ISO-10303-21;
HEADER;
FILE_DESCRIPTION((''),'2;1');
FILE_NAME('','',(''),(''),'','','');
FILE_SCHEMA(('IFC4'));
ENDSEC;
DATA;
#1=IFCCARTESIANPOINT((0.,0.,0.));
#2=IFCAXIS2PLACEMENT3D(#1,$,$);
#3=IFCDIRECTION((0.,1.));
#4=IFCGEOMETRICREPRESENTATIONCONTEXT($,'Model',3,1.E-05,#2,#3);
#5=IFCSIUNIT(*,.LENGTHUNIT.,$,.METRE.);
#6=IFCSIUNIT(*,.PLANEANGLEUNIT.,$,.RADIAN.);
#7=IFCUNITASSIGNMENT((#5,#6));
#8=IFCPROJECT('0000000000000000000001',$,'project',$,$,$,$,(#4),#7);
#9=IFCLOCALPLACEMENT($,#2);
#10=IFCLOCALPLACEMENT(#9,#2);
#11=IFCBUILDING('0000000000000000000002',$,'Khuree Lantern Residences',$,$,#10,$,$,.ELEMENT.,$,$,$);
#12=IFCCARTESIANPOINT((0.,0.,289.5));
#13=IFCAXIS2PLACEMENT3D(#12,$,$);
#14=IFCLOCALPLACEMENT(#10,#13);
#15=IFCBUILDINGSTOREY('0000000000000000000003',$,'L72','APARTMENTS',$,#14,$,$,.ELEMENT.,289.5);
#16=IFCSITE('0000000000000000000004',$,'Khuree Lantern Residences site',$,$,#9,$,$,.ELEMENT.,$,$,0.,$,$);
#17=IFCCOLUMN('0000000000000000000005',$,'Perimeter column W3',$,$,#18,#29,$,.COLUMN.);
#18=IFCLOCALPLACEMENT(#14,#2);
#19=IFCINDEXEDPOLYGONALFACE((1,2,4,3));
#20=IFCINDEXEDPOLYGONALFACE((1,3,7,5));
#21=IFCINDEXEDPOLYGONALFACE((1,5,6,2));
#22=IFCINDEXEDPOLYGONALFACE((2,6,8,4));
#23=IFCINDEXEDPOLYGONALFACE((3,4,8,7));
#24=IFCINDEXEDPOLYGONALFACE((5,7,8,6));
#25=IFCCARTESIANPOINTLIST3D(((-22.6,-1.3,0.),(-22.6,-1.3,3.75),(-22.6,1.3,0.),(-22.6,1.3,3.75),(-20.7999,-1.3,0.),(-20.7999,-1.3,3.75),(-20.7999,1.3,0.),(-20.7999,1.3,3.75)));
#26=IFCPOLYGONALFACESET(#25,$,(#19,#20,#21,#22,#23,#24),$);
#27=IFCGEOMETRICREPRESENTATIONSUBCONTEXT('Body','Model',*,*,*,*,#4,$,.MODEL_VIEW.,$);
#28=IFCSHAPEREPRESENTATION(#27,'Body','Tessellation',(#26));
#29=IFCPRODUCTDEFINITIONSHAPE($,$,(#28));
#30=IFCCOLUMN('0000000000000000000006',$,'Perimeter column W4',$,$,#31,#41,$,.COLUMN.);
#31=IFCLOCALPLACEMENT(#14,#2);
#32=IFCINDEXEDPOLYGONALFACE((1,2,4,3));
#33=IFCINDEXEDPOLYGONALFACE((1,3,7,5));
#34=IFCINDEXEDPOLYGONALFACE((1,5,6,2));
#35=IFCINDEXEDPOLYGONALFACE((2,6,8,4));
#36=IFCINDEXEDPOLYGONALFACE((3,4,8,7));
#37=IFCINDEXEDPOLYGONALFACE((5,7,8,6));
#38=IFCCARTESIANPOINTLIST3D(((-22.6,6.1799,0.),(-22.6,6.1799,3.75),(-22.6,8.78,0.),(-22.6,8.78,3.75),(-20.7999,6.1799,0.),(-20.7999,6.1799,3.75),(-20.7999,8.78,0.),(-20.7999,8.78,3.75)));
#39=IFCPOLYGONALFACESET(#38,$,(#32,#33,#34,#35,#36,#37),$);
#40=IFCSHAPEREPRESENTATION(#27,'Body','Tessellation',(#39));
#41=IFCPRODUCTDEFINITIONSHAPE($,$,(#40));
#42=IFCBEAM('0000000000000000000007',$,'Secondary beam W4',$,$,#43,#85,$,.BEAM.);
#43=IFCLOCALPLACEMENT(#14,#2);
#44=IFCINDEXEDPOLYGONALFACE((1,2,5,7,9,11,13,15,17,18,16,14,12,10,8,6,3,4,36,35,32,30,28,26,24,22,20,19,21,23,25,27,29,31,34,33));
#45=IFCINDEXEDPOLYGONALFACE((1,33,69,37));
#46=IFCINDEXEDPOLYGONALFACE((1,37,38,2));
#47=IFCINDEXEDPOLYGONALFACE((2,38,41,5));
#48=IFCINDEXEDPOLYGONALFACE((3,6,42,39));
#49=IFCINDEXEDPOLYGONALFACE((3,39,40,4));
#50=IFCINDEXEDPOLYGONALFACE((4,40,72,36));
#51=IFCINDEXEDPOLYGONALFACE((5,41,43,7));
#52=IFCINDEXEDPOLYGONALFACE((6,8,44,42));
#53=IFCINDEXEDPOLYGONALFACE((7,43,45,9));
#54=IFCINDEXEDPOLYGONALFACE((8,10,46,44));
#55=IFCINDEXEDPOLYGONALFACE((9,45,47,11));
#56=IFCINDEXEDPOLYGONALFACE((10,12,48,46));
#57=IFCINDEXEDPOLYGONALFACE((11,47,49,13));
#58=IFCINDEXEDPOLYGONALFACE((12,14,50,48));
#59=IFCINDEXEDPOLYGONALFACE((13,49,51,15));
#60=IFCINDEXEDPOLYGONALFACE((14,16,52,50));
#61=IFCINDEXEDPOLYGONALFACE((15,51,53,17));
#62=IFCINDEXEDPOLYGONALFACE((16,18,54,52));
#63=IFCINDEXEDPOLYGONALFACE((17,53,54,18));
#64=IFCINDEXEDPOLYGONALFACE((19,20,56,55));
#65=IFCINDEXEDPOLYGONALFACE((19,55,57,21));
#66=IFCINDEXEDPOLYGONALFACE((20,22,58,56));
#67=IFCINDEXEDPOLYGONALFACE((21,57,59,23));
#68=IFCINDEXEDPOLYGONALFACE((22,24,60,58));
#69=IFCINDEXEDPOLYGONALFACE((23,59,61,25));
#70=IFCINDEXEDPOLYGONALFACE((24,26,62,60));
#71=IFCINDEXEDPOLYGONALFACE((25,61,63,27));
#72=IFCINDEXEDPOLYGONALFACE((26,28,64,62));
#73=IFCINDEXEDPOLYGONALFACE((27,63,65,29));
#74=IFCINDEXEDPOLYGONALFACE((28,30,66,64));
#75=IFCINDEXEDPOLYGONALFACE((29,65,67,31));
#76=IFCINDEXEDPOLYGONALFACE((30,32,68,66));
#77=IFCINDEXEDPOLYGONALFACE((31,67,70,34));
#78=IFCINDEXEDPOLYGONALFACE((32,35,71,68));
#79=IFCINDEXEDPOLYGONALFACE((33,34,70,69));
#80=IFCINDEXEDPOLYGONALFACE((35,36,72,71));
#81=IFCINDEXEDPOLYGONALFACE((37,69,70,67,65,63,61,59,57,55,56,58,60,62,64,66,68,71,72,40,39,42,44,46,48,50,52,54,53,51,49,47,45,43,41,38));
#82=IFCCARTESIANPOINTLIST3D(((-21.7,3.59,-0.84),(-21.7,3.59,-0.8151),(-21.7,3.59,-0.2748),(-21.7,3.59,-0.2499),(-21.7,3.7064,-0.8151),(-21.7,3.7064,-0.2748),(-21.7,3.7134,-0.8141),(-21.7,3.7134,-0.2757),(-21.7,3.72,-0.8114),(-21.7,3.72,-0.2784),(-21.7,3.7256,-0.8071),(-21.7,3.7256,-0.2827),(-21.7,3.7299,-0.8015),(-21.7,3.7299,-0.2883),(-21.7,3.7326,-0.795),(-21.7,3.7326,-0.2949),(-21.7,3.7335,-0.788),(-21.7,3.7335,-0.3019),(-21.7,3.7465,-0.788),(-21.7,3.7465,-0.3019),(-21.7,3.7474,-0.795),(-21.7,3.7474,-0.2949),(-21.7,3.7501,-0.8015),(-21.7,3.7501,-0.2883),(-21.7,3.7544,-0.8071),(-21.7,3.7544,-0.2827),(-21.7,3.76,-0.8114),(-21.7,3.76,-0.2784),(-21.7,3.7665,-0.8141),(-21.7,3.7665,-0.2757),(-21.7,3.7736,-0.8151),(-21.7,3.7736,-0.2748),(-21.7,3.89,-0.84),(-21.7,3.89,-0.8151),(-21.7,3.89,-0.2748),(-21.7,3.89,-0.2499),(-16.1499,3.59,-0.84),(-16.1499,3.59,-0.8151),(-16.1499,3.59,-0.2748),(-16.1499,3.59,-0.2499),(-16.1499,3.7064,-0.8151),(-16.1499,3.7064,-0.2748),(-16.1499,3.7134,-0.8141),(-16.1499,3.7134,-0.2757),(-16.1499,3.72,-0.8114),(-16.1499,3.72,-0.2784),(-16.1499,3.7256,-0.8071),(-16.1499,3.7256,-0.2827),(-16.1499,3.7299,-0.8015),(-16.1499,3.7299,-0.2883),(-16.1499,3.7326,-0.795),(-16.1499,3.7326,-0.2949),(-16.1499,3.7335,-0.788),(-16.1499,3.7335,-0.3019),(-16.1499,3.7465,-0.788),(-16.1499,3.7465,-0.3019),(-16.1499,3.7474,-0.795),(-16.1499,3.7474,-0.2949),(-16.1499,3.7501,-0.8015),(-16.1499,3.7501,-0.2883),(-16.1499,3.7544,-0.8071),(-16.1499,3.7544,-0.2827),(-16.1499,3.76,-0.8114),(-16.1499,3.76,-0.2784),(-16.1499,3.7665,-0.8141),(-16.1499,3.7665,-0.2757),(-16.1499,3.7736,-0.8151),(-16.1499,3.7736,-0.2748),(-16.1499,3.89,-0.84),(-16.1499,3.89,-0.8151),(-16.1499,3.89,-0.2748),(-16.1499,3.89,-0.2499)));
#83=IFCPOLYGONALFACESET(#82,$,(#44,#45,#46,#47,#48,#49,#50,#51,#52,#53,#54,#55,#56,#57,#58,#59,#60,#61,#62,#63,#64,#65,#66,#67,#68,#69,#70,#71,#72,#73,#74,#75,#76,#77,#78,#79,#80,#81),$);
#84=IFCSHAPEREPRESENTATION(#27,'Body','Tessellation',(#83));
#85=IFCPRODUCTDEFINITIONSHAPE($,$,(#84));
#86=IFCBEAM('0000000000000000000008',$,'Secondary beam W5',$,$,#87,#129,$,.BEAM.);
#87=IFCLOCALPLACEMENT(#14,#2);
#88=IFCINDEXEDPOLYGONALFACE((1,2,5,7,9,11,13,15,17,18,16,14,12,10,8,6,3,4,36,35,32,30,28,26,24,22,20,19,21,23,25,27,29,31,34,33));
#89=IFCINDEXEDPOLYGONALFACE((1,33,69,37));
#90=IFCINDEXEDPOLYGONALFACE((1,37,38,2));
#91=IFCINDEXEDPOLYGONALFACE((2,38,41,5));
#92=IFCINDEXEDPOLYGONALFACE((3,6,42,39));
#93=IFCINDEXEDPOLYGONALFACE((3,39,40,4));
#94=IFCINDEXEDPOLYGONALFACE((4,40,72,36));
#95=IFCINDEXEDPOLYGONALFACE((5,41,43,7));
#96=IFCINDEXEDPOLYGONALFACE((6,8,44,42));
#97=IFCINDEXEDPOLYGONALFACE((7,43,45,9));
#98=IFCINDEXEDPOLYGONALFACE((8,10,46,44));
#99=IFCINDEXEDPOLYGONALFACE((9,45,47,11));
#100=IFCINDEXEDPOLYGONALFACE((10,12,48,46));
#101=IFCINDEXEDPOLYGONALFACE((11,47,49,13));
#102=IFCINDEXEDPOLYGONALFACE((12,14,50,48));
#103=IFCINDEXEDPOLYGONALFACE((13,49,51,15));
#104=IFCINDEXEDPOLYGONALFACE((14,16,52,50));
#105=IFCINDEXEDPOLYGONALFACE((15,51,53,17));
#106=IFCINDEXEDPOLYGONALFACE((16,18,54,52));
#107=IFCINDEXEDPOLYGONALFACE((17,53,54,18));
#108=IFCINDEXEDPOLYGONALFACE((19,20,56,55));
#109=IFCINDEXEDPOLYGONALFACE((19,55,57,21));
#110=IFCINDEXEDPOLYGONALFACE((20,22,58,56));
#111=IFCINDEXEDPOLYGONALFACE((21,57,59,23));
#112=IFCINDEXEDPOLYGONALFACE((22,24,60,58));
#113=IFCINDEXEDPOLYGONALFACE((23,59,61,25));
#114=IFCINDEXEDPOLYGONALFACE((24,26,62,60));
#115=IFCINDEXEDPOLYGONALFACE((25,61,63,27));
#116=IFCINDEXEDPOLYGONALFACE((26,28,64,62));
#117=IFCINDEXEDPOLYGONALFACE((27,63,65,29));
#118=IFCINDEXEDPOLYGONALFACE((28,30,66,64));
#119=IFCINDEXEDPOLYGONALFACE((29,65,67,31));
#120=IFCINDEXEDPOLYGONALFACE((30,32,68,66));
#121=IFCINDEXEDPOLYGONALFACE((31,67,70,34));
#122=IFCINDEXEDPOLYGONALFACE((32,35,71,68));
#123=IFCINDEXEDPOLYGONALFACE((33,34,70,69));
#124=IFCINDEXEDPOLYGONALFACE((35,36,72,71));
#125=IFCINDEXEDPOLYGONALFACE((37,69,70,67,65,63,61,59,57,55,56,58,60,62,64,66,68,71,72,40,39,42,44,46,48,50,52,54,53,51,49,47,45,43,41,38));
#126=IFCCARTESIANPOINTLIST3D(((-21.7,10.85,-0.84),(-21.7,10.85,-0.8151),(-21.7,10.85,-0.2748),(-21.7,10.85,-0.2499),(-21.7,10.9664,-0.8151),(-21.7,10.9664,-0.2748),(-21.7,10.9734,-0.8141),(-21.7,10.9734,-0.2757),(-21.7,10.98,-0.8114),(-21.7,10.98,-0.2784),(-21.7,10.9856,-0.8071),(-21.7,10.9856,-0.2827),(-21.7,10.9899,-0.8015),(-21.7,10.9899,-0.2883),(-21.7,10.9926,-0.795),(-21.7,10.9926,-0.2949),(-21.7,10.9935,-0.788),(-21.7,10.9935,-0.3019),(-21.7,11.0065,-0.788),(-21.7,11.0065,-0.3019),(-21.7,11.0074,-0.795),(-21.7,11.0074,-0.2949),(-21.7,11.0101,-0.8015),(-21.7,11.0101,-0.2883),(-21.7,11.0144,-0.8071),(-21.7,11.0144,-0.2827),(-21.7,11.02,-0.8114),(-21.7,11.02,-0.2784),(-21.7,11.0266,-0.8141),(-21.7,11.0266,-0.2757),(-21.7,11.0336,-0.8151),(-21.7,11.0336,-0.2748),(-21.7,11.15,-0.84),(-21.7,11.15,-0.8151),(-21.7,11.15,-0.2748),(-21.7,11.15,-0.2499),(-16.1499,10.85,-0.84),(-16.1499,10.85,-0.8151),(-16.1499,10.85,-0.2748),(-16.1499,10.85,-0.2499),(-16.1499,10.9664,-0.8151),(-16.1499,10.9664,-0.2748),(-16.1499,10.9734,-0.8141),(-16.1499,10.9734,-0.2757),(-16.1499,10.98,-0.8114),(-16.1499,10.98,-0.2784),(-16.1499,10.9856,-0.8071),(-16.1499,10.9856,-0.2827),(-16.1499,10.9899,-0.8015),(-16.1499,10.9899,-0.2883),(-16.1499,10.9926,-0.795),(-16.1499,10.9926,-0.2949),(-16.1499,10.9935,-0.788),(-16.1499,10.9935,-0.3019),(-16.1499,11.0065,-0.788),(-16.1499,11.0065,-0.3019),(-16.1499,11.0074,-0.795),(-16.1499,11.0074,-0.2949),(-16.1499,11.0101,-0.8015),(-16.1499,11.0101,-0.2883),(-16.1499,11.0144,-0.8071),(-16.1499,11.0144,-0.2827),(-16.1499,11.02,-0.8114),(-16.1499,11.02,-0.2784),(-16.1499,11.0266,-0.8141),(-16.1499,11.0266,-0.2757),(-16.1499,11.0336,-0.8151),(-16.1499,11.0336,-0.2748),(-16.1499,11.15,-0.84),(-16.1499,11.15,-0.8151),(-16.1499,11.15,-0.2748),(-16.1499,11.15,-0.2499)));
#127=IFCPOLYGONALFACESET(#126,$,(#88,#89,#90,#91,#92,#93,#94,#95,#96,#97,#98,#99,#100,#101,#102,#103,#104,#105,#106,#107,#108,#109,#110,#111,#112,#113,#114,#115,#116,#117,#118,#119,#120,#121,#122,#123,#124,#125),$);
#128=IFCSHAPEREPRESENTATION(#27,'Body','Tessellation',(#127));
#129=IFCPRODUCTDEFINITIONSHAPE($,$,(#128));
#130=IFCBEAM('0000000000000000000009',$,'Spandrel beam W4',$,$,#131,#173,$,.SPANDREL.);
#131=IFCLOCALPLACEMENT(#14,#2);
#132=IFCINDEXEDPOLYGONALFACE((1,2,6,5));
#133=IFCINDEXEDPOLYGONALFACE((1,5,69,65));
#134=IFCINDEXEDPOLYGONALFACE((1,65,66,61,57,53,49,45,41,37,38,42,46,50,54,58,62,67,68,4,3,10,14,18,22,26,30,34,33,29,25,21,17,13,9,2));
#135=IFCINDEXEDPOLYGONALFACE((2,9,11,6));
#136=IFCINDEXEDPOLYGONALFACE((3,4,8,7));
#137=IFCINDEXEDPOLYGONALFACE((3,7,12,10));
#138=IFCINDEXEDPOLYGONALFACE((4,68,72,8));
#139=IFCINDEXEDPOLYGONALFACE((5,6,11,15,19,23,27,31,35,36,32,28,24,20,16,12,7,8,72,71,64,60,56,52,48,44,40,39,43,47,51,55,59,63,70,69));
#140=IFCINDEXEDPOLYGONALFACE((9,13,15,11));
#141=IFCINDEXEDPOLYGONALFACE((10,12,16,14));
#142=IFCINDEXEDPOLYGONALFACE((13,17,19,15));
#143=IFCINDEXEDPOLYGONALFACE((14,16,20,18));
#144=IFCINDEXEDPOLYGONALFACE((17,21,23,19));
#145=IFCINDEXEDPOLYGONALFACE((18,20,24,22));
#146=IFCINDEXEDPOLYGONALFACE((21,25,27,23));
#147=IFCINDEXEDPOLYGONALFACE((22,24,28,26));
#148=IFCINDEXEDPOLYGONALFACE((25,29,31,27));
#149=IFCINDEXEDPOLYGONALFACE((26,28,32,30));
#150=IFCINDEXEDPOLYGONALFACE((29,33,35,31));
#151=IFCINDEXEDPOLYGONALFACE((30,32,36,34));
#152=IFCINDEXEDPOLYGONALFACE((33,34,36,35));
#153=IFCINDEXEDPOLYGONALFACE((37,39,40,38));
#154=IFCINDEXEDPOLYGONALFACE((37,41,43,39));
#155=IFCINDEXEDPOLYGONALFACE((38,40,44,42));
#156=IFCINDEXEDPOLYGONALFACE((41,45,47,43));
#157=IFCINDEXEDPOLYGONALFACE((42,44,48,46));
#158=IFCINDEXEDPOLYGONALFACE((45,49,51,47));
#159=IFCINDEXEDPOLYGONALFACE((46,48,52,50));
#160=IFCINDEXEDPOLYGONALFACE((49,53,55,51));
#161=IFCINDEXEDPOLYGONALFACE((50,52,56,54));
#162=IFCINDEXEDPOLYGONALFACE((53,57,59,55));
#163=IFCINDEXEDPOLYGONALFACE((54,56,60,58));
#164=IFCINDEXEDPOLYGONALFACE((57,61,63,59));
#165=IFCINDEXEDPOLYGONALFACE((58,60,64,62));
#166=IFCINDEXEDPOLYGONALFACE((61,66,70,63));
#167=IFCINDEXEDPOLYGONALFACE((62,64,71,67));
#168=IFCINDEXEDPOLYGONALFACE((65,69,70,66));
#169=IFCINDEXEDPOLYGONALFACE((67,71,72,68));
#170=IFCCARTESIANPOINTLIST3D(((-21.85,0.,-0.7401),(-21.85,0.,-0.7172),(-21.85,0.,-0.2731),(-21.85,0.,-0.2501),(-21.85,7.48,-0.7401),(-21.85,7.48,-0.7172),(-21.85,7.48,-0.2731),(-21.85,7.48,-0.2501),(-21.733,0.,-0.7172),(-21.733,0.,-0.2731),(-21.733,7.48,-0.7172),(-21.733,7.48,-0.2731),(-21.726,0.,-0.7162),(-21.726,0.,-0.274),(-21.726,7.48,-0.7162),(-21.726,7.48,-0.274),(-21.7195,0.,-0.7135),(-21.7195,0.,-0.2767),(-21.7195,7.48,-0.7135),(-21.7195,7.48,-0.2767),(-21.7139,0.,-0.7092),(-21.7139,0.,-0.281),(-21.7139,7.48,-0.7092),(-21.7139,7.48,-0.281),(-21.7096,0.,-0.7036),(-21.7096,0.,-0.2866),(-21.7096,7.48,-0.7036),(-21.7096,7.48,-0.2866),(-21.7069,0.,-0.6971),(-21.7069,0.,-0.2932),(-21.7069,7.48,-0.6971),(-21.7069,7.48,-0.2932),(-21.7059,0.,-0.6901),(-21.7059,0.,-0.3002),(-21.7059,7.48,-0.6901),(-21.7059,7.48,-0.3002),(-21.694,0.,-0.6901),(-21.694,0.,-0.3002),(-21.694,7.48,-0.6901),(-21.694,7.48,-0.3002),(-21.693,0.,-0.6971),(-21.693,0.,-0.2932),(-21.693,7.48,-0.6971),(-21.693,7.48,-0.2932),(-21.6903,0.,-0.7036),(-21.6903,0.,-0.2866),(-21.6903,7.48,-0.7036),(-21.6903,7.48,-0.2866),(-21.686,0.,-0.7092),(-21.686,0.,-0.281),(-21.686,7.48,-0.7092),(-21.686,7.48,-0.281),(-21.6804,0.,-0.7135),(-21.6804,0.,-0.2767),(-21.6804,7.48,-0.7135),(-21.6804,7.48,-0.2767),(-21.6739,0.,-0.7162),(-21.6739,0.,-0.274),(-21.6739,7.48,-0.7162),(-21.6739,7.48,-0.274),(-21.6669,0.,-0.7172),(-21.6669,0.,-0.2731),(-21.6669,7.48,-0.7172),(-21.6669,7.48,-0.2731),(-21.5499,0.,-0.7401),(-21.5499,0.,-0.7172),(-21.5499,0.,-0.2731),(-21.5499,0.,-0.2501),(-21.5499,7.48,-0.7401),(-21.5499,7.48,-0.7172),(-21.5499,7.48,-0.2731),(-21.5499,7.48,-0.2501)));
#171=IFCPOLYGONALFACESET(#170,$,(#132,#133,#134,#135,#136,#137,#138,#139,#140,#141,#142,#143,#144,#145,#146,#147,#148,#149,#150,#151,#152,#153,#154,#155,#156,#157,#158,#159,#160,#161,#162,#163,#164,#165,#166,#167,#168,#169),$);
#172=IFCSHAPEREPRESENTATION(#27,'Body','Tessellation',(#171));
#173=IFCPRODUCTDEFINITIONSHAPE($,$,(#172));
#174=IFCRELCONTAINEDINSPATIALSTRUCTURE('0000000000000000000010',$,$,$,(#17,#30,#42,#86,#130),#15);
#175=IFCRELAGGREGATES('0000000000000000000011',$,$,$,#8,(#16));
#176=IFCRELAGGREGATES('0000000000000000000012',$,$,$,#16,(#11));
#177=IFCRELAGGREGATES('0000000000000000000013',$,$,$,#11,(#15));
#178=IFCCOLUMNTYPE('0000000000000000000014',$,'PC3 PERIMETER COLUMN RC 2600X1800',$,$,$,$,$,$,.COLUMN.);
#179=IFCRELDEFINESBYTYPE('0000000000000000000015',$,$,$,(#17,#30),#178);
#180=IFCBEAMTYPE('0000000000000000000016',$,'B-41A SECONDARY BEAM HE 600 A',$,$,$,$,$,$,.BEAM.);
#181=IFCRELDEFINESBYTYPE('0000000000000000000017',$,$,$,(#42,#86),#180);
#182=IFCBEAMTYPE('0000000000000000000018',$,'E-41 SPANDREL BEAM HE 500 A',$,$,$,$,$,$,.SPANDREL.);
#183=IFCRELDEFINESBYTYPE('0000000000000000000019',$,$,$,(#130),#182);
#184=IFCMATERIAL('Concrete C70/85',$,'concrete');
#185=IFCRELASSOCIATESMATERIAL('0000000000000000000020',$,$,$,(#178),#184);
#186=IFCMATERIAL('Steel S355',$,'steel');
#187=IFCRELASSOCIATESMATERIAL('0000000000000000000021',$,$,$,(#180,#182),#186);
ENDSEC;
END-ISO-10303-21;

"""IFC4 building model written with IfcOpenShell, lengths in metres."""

from ifc_helpers import new_model, si_unit, direction, frame, origin, origin_2d, place, context, subcontext, project, spatial, rectangle, i_section, extrude, material, material_profile, profile_set, type_object, element, save


model = new_model("IFC4")

# Units and contexts
model_context = context("Model", 3, precision=1e-05, world=origin(), true_north=direction((0.0, 1.0)))
body_context = subcontext(model_context, "Body", "Model", "MODEL_VIEW")
ifc_project = project(units=[si_unit("LENGTHUNIT", "METRE"), si_unit("PLANEANGLEUNIT", "RADIAN")], contexts=[model_context])

# Site, building, storey
site_placement = place(None, origin())
site = spatial("IfcSite", under=ifc_project, at=site_placement, Name="Khuree Lantern Residences site", CompositionType="ELEMENT", RefElevation=0.0)
building_placement = place(site_placement, origin())
building = spatial("IfcBuilding", under=site, at=building_placement, Name="Khuree Lantern Residences", CompositionType="ELEMENT")
storey_placement = place(building_placement, frame((0.0, 0.0, 289.5)))
storey = spatial("IfcBuildingStorey", under=building, at=storey_placement, Name="L72", Description="APARTMENTS", CompositionType="ELEMENT", Elevation=289.5)

# Columns
ifc_material_1 = material(Name="Concrete C70/85", Category="concrete")
ifc_material_profile_1 = material_profile(ifc_material_1, rectangle(XDim=2.6001, YDim=1.8, at=origin_2d()), Name="RC 2600X1800")
ifc_profile_set_1 = profile_set([ifc_material_profile_1], Name="Concrete C70/85")
column_type = type_object("IfcColumnType", Name="PC3 PERIMETER COLUMN RC 2600X1800", PredefinedType="COLUMN", material=ifc_profile_set_1)
for number, where, z_axis, x_axis, name in (
    (1, (-21.7, 0.0, 0.0), (0.0, 0.0, 1.0), (0.0, 1.0, 0.0), "Perimeter column W3"),
    (2, (-21.7, 7.48, 0.0), (0.0, 0.0, 1.0), (0.0, 1.0, 0.0), "Perimeter column W4"),
):
    element("IfcColumn", number, at=place(storey_placement, frame(where, z_axis=z_axis, x_axis=x_axis)), inside=storey, type_object=column_type, Name=name, PredefinedType="COLUMN", context=body_context, shape_type="SweptSolid", body=[
        extrude(rectangle(XDim=2.6001, YDim=1.8, at=origin_2d()), origin(), (0.0, 0.0, 1.0), 3.75),
    ])

# Beams
ifc_material_2 = material(Name="Steel S355", Category="steel")
ifc_material_profile_2 = material_profile(ifc_material_2, i_section(OverallWidth=0.3, OverallDepth=0.5901, WebThickness=0.0129, FlangeThickness=0.0249, FilletRadius=0.0271, at=origin_2d()), Name="HE 600 A")
ifc_profile_set_2 = profile_set([ifc_material_profile_2], Name="Steel S355")
beam_type_1 = type_object("IfcBeamType", Name="B-41A SECONDARY BEAM HE 600 A", PredefinedType="BEAM", material=ifc_profile_set_2)
for number, where, z_axis, x_axis, name in (
    (3, (-21.7, 3.74, -0.5449), (1.0, 0.0, 0.0), (0.0, 1.0, 0.0), "Secondary beam W4"),
    (4, (-21.7, 11.0, -0.5449), (1.0, 0.0, 0.0), (0.0, 1.0, 0.0), "Secondary beam W5"),
):
    element("IfcBeam", number, at=place(storey_placement, frame(where, z_axis=z_axis, x_axis=x_axis)), inside=storey, type_object=beam_type_1, Name=name, PredefinedType="BEAM", context=body_context, shape_type="SweptSolid", body=[
        extrude(i_section(OverallWidth=0.3, OverallDepth=0.5901, WebThickness=0.0129, FlangeThickness=0.0249, FilletRadius=0.0271, at=origin_2d()), origin(), (0.0, 0.0, 1.0), 5.55),
    ])
ifc_material_profile_3 = material_profile(ifc_material_2, i_section(OverallWidth=0.3, OverallDepth=0.49, WebThickness=0.012, FlangeThickness=0.0229, FilletRadius=0.0271, at=origin_2d()), Name="HE 500 A")
ifc_profile_set_3 = profile_set([ifc_material_profile_3], Name="Steel S355")
beam_type_2 = type_object("IfcBeamType", Name="E-41 SPANDREL BEAM HE 500 A", PredefinedType="SPANDREL", material=ifc_profile_set_3)
for number, where, z_axis, x_axis, name in (
    (5, (-21.7, 0.0, -0.4951), (0.0, 1.0, 0.0), (-1.0, 0.0, 0.0), "Spandrel beam W4"),
):
    element("IfcBeam", number, at=place(storey_placement, frame(where, z_axis=z_axis, x_axis=x_axis)), inside=storey, type_object=beam_type_2, Name=name, PredefinedType="SPANDREL", context=body_context, shape_type="SweptSolid", body=[
        extrude(i_section(OverallWidth=0.3, OverallDepth=0.49, WebThickness=0.012, FlangeThickness=0.0229, FilletRadius=0.0271, at=origin_2d()), origin(), (0.0, 0.0, 1.0), 7.48),
    ])

save(model, "model.ifc")
